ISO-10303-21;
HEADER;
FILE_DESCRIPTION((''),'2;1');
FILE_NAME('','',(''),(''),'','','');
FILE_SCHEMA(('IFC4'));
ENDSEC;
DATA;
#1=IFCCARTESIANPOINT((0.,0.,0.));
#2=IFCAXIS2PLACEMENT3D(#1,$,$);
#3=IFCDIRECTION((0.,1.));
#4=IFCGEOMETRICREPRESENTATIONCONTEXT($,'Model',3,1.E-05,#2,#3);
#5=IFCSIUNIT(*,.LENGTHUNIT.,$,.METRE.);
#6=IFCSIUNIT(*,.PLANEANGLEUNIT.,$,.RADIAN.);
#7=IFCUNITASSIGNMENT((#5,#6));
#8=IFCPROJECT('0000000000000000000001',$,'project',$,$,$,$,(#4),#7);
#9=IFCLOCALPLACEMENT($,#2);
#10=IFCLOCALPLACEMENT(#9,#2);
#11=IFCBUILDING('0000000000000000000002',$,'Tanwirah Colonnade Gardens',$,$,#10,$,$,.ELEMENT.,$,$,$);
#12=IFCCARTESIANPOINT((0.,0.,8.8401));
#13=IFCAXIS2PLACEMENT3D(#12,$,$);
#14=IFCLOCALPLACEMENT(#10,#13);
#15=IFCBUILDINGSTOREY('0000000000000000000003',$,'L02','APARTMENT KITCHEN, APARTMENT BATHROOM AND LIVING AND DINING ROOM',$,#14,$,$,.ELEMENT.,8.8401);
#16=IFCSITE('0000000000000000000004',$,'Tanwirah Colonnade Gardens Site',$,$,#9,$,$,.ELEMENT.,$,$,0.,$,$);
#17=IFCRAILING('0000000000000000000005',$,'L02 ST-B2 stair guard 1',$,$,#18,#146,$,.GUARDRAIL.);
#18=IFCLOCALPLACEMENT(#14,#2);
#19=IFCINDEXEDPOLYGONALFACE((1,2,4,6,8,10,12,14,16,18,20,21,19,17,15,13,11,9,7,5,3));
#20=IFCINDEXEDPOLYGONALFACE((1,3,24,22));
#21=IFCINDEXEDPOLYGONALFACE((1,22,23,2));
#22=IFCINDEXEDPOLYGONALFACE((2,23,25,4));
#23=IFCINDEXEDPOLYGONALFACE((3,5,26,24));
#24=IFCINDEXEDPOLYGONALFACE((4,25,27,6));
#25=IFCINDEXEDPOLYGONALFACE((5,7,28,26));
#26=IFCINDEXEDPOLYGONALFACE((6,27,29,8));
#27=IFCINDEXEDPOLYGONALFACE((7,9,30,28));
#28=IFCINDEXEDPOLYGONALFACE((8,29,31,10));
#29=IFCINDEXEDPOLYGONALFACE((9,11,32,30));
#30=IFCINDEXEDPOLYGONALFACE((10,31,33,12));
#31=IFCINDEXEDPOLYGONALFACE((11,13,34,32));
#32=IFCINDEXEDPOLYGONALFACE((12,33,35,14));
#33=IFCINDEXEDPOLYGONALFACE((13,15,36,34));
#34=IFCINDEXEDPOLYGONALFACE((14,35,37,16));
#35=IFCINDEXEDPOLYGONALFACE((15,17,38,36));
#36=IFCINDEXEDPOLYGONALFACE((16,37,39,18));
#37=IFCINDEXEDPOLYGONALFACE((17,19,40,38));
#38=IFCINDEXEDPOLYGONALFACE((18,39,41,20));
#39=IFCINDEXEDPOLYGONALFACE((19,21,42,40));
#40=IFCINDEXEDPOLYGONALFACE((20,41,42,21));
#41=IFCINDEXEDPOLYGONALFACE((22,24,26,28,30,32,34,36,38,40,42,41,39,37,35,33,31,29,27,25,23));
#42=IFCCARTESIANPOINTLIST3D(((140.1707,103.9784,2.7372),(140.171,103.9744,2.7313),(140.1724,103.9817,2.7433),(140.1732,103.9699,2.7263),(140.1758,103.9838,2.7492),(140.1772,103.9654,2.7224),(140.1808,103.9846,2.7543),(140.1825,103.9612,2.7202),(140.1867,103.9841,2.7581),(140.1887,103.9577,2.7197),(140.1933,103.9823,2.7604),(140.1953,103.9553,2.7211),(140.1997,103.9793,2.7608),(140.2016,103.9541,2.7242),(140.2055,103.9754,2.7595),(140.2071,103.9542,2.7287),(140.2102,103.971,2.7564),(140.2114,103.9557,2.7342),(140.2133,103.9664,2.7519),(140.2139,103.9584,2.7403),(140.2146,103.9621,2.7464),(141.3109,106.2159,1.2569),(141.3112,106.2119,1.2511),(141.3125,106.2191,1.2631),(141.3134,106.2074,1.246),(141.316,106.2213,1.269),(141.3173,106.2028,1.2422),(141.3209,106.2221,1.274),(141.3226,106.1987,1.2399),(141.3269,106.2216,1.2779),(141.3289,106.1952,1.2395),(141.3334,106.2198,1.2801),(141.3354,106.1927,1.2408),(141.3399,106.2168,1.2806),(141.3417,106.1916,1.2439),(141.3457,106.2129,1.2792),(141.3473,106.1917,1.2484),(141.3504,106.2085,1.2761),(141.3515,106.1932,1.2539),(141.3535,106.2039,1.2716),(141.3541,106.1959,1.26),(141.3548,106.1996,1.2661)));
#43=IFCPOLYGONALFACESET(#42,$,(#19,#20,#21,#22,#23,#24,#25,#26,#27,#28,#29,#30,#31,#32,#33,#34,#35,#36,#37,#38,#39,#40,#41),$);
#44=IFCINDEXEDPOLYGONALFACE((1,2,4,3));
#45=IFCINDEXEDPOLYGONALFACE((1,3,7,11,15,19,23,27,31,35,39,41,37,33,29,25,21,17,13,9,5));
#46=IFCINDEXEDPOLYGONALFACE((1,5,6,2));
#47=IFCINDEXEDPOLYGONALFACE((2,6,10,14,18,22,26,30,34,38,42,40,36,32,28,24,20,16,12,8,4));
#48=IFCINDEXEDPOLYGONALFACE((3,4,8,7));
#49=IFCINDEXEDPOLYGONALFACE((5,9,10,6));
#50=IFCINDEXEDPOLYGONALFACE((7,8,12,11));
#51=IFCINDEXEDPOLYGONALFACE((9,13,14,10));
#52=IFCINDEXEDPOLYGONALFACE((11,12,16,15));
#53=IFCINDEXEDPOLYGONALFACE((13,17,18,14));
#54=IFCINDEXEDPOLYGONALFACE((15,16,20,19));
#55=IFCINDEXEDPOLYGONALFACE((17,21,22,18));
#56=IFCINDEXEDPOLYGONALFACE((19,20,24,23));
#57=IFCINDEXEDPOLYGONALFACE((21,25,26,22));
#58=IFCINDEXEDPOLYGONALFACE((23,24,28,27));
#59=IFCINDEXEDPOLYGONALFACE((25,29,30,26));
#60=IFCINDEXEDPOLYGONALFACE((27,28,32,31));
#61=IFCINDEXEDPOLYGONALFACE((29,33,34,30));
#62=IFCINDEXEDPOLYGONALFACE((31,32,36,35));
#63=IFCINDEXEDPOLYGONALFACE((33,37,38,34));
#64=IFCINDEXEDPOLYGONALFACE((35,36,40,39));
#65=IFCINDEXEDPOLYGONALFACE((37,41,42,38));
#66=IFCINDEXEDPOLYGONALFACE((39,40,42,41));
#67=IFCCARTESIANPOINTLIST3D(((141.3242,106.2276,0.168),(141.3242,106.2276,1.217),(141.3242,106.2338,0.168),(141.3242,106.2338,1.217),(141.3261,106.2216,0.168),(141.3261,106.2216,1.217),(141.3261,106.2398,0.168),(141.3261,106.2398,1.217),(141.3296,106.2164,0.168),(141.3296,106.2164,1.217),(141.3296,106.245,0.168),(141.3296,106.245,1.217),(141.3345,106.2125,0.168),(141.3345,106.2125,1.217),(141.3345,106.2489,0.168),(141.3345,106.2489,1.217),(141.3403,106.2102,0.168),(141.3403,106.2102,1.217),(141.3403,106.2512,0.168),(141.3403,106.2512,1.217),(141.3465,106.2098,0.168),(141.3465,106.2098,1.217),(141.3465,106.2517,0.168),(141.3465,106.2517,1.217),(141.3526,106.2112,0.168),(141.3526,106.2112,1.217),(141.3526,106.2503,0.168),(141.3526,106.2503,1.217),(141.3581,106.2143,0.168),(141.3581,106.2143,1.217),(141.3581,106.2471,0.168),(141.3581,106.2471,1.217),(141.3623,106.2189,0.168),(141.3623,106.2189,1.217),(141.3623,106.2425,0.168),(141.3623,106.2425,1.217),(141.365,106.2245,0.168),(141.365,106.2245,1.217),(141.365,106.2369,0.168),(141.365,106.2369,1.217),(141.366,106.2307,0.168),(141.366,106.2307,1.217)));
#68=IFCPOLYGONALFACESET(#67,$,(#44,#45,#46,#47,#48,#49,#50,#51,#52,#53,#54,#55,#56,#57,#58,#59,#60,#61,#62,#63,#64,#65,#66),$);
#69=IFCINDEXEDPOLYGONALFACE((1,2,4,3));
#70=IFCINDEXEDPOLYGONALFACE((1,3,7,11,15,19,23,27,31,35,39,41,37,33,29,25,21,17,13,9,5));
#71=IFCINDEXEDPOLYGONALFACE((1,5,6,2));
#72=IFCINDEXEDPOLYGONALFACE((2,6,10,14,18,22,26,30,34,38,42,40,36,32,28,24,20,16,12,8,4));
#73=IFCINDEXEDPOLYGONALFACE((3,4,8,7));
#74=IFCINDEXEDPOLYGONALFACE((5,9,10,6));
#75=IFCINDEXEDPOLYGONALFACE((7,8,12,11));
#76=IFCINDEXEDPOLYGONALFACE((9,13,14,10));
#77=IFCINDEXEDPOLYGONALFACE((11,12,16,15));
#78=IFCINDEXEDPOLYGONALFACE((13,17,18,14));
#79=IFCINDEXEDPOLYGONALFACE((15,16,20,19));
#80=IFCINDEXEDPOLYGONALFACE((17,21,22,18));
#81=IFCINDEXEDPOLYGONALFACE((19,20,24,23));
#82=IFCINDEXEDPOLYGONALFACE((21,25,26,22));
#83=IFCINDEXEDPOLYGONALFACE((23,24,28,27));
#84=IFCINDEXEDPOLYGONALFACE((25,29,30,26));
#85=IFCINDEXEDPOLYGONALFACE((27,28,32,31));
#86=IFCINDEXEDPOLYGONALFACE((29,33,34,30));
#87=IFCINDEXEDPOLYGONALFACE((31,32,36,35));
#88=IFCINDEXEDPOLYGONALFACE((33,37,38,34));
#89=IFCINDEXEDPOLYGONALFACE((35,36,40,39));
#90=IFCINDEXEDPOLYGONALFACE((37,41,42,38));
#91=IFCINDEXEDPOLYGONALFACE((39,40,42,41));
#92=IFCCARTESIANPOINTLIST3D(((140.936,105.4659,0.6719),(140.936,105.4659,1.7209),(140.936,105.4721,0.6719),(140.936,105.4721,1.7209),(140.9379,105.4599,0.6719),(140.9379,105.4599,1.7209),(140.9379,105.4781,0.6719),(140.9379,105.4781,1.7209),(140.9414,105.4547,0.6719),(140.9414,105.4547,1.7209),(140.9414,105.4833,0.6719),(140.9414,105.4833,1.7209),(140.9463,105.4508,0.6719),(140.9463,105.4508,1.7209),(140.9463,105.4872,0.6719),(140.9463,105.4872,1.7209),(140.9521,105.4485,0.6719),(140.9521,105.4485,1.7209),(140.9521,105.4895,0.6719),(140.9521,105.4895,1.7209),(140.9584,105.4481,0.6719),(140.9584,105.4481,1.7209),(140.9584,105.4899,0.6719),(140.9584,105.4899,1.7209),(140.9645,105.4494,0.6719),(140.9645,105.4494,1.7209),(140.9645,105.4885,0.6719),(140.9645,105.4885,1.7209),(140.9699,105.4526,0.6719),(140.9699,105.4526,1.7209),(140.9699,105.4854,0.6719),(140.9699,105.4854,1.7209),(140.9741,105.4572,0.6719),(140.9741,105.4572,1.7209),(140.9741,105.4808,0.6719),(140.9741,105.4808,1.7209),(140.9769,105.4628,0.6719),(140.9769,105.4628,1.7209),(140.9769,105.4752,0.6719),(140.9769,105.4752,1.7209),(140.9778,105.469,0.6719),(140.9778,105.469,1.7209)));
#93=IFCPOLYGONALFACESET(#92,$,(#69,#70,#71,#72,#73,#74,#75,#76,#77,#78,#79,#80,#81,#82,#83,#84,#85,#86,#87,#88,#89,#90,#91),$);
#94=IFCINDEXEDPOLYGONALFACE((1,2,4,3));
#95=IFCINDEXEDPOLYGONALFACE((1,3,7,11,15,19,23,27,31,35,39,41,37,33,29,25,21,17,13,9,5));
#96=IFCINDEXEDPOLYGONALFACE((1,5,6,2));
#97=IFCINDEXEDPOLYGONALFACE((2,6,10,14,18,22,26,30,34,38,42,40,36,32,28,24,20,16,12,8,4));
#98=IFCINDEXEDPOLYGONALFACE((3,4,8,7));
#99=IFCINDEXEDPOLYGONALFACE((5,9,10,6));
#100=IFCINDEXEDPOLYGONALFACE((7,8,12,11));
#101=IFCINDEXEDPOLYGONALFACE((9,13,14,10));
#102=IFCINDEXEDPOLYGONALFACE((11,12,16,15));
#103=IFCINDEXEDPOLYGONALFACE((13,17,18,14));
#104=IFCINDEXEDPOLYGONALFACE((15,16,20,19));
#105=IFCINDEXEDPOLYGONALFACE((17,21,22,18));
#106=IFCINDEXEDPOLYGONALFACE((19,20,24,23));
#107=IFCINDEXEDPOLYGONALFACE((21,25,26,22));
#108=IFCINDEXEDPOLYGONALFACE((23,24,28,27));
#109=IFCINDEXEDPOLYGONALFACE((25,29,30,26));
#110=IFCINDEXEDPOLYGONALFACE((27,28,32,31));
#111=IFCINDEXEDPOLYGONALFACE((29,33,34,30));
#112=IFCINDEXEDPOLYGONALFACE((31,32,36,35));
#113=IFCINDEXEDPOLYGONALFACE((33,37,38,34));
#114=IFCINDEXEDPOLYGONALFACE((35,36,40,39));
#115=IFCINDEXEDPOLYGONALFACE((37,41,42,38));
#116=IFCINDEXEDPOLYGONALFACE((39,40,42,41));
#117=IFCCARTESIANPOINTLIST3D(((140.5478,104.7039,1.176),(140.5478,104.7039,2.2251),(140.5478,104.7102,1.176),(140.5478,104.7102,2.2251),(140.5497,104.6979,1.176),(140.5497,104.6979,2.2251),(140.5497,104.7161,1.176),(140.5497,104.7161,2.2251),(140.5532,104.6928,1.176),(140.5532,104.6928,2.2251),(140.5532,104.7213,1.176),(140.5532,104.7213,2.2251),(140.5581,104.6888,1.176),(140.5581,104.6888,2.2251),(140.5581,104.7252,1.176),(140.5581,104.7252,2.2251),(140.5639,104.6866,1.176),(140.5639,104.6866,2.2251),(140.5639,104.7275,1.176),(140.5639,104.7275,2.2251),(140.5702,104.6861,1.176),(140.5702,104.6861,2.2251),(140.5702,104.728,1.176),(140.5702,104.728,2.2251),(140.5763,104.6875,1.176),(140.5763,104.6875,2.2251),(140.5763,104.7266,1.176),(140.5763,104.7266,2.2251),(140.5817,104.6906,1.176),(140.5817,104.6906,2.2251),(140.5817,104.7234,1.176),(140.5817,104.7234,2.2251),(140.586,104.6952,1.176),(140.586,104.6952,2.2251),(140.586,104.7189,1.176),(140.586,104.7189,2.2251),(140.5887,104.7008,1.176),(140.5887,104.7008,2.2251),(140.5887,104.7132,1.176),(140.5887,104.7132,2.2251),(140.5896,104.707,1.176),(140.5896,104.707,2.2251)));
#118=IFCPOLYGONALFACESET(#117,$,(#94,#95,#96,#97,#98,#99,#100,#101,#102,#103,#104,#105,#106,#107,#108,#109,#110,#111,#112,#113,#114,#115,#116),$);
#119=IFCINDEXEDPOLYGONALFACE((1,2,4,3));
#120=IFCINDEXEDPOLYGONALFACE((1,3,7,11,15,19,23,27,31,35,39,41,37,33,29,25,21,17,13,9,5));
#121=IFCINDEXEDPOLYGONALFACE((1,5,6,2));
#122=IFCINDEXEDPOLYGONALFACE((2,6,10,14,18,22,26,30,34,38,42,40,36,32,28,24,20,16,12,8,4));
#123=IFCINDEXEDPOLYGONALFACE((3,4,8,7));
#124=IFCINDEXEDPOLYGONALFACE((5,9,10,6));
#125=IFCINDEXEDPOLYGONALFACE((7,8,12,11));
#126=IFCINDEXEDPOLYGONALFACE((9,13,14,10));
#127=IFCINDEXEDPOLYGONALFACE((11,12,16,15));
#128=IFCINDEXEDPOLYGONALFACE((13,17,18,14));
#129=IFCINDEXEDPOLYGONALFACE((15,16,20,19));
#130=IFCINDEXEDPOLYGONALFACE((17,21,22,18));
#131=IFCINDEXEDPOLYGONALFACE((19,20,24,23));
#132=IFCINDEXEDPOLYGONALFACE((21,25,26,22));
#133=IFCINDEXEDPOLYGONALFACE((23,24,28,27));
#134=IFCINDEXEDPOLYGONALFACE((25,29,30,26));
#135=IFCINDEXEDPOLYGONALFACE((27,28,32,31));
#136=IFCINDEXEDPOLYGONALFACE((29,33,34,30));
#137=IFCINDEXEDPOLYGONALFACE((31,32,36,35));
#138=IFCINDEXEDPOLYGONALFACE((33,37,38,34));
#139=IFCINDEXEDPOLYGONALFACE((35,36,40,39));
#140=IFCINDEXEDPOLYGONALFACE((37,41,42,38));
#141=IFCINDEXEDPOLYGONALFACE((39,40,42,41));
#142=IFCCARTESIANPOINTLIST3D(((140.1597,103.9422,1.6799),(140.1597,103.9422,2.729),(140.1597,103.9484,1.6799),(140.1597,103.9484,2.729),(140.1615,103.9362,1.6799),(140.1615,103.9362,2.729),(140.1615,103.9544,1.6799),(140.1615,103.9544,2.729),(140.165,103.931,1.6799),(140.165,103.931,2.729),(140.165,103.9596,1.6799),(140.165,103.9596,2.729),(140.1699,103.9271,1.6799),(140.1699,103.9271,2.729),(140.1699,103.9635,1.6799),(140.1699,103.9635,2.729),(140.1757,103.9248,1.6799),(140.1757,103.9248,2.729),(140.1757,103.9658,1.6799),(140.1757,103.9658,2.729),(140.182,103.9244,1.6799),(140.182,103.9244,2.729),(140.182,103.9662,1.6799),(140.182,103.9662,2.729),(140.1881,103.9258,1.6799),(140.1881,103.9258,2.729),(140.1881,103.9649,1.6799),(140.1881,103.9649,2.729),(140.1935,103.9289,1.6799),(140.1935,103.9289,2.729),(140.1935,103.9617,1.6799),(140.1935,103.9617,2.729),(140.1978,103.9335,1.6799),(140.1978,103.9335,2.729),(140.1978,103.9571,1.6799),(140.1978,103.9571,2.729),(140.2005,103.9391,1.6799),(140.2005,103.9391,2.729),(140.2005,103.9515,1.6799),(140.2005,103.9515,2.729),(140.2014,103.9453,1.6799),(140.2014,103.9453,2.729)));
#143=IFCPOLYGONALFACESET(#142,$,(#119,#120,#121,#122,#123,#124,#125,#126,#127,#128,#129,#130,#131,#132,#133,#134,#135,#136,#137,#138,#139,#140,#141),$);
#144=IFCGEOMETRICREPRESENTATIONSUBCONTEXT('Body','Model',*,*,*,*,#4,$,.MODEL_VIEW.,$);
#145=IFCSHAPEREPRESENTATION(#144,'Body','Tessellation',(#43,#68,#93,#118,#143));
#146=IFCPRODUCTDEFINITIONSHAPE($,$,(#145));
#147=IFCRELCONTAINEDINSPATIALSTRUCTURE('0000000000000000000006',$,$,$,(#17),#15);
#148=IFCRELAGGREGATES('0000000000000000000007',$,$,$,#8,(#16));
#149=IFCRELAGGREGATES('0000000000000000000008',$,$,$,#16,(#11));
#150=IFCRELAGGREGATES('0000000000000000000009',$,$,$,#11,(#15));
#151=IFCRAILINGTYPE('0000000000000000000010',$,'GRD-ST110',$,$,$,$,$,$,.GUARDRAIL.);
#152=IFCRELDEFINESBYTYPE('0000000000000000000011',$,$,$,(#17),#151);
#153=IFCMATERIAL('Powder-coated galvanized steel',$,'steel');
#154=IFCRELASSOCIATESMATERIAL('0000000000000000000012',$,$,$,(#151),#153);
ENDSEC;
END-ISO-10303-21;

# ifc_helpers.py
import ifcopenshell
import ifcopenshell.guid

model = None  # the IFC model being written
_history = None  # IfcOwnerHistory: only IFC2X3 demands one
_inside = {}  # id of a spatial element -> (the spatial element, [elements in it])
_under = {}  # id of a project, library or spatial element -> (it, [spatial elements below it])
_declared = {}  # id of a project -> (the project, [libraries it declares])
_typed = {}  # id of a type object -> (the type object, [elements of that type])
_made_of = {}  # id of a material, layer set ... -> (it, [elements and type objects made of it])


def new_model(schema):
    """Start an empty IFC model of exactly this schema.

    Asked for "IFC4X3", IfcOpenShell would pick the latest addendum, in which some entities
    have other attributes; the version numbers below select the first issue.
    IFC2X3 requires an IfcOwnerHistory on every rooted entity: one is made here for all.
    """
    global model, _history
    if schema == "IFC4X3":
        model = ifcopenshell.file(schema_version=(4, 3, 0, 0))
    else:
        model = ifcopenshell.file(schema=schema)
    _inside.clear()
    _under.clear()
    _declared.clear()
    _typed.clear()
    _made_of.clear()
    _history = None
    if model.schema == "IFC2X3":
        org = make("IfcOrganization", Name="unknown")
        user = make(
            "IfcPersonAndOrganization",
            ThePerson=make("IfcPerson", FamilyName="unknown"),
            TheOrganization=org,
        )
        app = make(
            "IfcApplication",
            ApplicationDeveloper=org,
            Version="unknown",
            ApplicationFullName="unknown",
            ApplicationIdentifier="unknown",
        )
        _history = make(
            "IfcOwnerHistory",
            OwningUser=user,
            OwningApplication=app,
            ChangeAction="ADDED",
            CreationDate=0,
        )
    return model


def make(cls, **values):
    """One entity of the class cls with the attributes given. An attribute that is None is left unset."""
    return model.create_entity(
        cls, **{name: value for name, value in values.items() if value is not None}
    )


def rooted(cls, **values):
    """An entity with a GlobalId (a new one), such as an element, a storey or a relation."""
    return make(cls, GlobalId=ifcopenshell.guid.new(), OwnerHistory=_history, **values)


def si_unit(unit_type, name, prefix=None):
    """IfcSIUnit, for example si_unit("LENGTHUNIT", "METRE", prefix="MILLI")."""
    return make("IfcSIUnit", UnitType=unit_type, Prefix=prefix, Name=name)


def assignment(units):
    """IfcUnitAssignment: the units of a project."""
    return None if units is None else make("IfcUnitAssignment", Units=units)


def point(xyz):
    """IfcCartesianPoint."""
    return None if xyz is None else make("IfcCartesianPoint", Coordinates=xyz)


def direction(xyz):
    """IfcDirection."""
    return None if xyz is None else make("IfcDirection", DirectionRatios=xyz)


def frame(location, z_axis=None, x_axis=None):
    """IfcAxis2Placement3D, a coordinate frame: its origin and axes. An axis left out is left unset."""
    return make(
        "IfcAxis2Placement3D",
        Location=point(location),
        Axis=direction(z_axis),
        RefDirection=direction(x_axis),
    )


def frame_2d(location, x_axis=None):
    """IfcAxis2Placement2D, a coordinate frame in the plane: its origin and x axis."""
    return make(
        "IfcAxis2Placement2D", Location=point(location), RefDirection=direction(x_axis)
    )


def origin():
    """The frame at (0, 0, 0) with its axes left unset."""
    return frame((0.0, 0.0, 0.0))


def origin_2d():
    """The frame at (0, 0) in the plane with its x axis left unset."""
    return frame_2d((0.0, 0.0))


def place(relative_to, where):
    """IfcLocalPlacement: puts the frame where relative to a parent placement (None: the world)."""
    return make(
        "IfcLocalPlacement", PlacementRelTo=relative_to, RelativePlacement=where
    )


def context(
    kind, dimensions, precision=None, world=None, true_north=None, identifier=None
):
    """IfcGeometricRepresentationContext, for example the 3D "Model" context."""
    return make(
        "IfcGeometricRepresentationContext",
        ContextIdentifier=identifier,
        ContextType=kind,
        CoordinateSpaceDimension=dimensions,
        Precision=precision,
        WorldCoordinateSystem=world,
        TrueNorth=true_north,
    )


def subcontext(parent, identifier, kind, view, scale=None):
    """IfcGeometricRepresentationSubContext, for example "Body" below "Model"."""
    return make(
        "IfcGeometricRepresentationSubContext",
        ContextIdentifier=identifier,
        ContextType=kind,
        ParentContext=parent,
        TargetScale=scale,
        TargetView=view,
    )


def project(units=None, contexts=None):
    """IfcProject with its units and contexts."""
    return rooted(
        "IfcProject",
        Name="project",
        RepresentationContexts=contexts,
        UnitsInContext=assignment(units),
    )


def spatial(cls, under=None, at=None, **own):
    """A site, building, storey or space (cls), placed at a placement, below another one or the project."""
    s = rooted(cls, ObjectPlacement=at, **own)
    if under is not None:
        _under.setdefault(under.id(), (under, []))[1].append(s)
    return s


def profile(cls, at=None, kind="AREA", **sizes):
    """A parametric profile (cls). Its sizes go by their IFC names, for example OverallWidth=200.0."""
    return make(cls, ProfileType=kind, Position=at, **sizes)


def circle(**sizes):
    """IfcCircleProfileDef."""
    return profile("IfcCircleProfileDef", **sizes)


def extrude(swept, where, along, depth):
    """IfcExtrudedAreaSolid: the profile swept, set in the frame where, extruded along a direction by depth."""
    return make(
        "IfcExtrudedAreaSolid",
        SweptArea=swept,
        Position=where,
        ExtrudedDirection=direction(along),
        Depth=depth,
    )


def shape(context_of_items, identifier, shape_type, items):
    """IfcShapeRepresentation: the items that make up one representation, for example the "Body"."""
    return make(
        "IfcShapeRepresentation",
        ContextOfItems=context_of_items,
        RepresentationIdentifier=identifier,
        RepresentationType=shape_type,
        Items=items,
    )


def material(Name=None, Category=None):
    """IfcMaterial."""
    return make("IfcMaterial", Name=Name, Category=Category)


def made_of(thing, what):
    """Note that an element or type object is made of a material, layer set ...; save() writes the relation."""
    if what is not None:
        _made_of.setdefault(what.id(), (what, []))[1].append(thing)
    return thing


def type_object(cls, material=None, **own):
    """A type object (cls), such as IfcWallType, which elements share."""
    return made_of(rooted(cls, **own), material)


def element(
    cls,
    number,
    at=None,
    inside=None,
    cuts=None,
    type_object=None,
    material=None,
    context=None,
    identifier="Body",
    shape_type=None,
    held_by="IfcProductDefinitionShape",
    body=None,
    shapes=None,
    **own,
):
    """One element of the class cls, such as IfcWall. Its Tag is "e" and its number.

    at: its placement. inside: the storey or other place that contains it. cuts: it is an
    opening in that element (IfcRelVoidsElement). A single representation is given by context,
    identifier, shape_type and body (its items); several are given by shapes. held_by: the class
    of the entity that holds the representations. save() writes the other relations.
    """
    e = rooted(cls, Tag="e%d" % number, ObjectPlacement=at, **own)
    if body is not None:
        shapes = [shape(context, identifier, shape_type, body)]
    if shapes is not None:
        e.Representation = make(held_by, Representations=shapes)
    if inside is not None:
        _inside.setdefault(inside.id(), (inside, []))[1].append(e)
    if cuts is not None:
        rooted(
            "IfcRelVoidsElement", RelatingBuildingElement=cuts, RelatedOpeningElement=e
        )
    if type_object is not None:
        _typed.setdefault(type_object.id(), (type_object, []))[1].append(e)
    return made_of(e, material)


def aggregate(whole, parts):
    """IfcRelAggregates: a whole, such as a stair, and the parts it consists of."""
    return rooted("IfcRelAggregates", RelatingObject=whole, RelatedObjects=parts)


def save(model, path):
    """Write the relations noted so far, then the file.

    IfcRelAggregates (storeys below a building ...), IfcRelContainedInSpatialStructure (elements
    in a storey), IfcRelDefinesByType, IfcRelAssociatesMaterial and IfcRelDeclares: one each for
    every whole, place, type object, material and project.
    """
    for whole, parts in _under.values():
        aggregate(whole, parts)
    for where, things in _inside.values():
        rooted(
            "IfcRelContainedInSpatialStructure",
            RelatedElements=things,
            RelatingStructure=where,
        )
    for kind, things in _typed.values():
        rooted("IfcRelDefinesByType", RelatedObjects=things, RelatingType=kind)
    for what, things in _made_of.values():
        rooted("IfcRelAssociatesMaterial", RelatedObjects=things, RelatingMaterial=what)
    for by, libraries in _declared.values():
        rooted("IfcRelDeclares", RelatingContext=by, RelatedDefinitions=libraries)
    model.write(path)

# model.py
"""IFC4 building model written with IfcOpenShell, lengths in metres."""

from ifc_helpers import new_model, si_unit, direction, frame, origin, origin_2d, place, context, subcontext, project, spatial, circle, extrude, material, type_object, element, save


model = new_model("IFC4")

# Units and contexts
model_context = context("Model", 3, precision=1e-05, world=origin(), true_north=direction((0.0, 1.0)))
body_context = subcontext(model_context, "Body", "Model", "MODEL_VIEW")
ifc_project = project(units=[si_unit("LENGTHUNIT", "METRE"), si_unit("PLANEANGLEUNIT", "RADIAN")], contexts=[model_context])

# Site, building, storey
site_placement = place(None, origin())
site = spatial("IfcSite", under=ifc_project, at=site_placement, Name="Tanwirah Colonnade Gardens Site", CompositionType="ELEMENT", RefElevation=0.0)
building_placement = place(site_placement, origin())
building = spatial("IfcBuilding", under=site, at=building_placement, Name="Tanwirah Colonnade Gardens", CompositionType="ELEMENT")
storey_placement = place(building_placement, frame((0.0, 0.0, 8.8401)))
storey = spatial("IfcBuildingStorey", under=building, at=storey_placement, Name="L02", Description="APARTMENT KITCHEN, APARTMENT BATHROOM AND LIVING AND DINING ROOM", CompositionType="ELEMENT", Elevation=8.8401)

# Railing
ifc_material_1 = material(Name="Powder-coated galvanized steel", Category="steel")
railing_type_1 = type_object("IfcRailingType", Name="GRD-ST110", PredefinedType="GUARDRAIL", material=ifc_material_1)
railing_1_placement = place(storey_placement, frame((141.345, 106.2307, 0.168)))
element("IfcRailing", 1, at=railing_1_placement, inside=storey, type_object=railing_type_1, Name="L02 ST-B2 stair guard 1", PredefinedType="GUARDRAIL", context=body_context, shape_type="SweptSolid", body=[
    extrude(circle(Radius=0.0239, at=origin_2d()), frame((-0.0122, -0.0239, 1.092), z_axis=(-0.391122, -0.767567, 0.507803), x_axis=(0.890994, -0.454016, 0.0)), (0.0, 0.0, 1.0), 2.915),
    extrude(circle(Radius=0.021, at=origin_2d()), origin(), (0.0, 0.0, 1.0), 1.0491),
    extrude(circle(Radius=0.021, at=origin_2d()), frame((-0.3882, -0.7617, 0.5039)), (0.0, 0.0, 1.0), 1.0491),
    extrude(circle(Radius=0.021, at=origin_2d()), frame((-0.7764, -1.5237, 1.0081)), (0.0, 0.0, 1.0), 1.0491),
    extrude(circle(Radius=0.021, at=origin_2d()), frame((-1.1646, -2.2854, 1.512)), (0.0, 0.0, 1.0), 1.0491),
])

save(model, "model.ifc")
